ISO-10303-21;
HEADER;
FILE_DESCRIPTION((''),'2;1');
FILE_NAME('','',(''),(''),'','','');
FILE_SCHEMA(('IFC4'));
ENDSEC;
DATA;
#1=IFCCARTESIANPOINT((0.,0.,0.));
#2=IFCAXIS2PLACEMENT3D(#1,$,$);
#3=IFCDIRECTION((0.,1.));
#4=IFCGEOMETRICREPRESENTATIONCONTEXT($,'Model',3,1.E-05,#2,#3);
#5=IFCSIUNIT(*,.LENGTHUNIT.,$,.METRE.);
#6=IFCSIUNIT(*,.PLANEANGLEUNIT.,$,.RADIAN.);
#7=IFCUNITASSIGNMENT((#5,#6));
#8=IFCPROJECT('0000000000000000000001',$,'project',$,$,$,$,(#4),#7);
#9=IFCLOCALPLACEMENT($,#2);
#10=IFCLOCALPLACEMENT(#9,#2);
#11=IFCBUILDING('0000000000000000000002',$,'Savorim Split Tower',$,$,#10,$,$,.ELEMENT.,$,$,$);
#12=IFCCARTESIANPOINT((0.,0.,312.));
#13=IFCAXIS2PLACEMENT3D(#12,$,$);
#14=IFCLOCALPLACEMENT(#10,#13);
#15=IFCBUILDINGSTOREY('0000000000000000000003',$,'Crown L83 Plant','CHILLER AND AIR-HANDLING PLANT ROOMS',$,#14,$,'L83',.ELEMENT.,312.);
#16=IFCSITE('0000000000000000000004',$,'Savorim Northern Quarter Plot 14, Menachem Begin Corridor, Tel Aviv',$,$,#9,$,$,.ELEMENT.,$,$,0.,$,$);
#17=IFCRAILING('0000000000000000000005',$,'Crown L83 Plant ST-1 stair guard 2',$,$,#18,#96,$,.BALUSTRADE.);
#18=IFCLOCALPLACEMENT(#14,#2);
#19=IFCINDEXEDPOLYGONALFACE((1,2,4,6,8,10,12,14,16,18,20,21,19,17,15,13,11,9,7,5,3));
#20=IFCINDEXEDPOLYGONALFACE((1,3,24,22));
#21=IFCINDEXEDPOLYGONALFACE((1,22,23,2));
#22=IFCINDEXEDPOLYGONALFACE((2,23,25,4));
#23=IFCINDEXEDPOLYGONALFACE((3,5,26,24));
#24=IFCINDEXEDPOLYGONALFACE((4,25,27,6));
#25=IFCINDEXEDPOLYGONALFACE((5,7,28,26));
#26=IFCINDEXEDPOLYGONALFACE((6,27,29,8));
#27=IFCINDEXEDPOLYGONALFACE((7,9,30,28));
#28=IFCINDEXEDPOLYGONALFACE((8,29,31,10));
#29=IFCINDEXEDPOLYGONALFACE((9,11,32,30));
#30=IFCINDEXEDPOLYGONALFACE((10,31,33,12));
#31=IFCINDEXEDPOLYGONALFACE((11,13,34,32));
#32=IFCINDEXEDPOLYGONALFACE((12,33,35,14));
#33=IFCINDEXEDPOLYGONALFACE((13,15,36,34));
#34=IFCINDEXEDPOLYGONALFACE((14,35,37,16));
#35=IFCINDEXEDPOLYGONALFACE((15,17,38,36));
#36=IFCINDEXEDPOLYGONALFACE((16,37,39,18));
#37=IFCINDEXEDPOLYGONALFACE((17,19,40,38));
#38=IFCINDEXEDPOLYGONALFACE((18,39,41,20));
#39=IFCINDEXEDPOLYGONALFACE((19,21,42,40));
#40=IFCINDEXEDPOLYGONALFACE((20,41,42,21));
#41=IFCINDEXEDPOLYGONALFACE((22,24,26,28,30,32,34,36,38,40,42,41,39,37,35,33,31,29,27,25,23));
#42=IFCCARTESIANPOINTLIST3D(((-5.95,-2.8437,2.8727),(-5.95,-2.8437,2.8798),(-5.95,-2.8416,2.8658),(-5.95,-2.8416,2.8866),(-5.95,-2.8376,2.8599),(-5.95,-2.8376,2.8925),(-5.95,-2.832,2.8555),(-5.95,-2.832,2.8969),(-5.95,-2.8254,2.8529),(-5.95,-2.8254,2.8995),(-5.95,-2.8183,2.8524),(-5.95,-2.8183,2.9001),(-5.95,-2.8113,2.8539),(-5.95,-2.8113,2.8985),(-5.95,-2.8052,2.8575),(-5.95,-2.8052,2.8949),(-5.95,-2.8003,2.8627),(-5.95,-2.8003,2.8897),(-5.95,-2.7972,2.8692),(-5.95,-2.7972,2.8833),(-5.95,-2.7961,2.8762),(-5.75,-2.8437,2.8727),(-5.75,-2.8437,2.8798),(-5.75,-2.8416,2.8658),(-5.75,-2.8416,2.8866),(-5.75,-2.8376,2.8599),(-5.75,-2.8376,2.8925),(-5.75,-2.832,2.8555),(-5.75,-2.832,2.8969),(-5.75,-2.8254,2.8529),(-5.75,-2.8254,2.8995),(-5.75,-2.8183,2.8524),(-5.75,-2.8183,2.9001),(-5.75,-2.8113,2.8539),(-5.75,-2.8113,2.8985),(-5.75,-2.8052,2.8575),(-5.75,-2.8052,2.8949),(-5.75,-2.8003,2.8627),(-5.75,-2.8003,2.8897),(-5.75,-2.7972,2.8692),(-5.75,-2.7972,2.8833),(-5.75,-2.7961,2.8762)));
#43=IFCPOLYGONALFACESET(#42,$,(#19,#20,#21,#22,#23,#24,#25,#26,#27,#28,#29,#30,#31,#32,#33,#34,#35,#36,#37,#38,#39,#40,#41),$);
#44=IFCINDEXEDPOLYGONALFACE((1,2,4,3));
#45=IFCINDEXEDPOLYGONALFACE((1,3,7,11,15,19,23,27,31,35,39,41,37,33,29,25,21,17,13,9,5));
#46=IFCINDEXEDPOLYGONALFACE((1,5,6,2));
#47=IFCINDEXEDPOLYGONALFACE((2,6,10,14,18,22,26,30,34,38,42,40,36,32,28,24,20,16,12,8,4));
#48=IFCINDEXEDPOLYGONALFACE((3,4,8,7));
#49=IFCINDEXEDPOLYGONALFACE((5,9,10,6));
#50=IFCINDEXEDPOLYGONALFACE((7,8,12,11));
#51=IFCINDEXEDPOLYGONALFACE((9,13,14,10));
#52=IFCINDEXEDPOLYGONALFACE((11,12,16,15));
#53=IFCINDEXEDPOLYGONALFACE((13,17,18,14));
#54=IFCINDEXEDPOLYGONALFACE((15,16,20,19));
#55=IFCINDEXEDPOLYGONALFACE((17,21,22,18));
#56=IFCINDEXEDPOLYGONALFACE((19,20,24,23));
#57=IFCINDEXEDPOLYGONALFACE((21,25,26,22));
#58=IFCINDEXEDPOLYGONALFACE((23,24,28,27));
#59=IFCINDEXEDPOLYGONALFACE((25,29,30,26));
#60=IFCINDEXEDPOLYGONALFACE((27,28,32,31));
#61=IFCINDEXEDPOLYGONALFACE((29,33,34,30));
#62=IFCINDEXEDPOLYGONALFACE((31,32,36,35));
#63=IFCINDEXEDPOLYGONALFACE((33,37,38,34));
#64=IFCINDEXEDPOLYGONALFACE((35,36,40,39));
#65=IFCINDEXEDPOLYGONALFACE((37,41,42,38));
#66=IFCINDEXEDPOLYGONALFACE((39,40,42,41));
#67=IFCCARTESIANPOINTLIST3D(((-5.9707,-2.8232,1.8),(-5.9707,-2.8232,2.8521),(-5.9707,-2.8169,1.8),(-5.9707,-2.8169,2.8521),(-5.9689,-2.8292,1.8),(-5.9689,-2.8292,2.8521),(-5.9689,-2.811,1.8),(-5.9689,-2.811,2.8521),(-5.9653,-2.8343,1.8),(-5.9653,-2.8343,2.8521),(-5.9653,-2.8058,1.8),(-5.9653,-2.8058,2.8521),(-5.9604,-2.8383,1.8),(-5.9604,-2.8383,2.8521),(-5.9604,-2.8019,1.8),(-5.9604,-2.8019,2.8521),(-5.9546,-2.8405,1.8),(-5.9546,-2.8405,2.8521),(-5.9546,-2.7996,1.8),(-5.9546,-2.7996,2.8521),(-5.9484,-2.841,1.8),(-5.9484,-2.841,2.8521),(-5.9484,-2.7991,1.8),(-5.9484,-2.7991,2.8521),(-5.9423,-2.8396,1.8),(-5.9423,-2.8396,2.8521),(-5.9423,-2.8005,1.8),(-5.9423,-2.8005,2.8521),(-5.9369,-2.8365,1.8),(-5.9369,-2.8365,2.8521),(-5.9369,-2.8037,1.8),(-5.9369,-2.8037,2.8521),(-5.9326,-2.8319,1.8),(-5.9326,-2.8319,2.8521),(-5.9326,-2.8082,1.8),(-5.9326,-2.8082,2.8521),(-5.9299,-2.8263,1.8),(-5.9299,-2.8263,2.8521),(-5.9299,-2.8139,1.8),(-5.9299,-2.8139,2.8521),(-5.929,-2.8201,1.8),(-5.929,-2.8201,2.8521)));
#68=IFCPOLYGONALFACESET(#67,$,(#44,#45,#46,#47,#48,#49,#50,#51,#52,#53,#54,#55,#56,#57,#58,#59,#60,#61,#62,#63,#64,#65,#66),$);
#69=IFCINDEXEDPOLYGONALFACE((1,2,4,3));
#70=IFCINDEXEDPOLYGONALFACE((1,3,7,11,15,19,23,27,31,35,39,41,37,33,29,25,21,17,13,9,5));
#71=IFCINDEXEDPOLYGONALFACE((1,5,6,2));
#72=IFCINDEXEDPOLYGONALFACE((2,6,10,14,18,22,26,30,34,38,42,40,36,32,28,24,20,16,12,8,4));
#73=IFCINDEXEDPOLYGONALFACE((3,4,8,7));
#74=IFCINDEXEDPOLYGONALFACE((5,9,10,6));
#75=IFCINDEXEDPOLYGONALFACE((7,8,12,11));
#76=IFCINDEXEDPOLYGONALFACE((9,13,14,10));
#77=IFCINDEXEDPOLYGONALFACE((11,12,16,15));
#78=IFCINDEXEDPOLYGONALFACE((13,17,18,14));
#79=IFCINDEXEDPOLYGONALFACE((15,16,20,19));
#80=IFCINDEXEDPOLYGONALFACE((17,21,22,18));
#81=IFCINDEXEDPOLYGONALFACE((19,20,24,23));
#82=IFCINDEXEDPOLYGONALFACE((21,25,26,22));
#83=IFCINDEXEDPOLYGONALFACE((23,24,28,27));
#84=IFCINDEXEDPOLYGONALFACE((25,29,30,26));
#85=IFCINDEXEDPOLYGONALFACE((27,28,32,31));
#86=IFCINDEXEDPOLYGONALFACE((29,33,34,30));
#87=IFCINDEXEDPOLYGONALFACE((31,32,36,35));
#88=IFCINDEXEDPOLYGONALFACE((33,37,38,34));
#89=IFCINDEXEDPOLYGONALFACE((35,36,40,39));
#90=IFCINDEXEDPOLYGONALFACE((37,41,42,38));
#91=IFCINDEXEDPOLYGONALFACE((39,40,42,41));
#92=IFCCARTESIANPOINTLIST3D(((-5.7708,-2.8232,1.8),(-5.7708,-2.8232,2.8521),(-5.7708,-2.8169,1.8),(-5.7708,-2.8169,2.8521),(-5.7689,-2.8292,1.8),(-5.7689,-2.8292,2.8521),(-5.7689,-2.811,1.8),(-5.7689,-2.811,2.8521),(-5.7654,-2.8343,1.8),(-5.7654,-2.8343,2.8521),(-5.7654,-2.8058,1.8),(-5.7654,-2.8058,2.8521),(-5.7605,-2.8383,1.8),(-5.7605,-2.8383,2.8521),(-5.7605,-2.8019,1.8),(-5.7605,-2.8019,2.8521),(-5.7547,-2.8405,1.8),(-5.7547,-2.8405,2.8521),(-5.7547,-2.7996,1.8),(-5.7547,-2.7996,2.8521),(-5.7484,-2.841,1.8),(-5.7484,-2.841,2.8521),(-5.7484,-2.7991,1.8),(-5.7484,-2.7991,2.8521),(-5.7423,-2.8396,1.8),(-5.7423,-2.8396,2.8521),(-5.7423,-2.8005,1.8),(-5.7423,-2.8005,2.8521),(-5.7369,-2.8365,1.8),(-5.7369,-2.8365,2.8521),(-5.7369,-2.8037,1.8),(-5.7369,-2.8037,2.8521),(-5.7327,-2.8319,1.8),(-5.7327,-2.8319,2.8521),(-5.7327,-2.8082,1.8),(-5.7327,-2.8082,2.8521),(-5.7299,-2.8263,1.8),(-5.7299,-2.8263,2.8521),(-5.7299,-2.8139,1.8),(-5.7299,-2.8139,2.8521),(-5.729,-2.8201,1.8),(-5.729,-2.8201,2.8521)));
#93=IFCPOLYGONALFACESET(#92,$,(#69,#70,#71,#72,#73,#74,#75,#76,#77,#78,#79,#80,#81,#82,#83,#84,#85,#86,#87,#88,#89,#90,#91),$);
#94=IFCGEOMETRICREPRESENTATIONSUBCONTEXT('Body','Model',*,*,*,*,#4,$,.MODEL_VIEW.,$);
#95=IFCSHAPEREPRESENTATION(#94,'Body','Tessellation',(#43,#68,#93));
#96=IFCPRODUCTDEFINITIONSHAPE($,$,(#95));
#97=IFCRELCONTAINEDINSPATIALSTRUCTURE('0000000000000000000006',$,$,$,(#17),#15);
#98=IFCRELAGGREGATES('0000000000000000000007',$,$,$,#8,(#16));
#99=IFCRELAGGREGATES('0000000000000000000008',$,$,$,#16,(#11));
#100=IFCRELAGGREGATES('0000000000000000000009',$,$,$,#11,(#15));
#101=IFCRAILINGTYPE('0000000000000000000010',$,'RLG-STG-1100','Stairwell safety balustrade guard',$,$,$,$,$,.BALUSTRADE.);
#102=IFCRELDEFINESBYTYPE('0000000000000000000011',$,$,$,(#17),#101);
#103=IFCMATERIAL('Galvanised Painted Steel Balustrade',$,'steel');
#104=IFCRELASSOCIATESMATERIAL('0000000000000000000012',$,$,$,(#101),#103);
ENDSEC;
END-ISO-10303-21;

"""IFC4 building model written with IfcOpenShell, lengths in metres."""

from ifc_helpers import new_model, si_unit, direction, frame, origin, origin_2d, place, context, subcontext, project, spatial, circle, extrude, material, type_object, element, save


model = new_model("IFC4")

# Units and contexts
model_context = context("Model", 3, precision=1e-05, world=origin(), true_north=direction((0.0, 1.0)))
body_context = subcontext(model_context, "Body", "Model", "MODEL_VIEW")
ifc_project = project(units=[si_unit("LENGTHUNIT", "METRE"), si_unit("PLANEANGLEUNIT", "RADIAN")], contexts=[model_context])

# Site, building, storey
site_placement = place(None, origin())
site = spatial("IfcSite", under=ifc_project, at=site_placement, Name="Savorim Northern Quarter Plot 14, Menachem Begin Corridor, Tel Aviv", CompositionType="ELEMENT", RefElevation=0.0)
building_placement = place(site_placement, origin())
building = spatial("IfcBuilding", under=site, at=building_placement, Name="Savorim Split Tower", CompositionType="ELEMENT")
storey_placement = place(building_placement, frame((0.0, 0.0, 312.0)))
storey = spatial("IfcBuildingStorey", under=building, at=storey_placement, Name="Crown L83 Plant", Description="CHILLER AND AIR-HANDLING PLANT ROOMS", LongName="L83", CompositionType="ELEMENT", Elevation=312.0)

# Railing
ifc_material_1 = material(Name="Galvanised Painted Steel Balustrade", Category="steel")
railing_type_1 = type_object("IfcRailingType", Name="RLG-STG-1100", Description="Stairwell safety balustrade guard", PredefinedType="BALUSTRADE", material=ifc_material_1)
railing_1_placement = place(storey_placement, frame((-5.95, -2.8201, 1.8)))
element("IfcRailing", 1, at=railing_1_placement, inside=storey, type_object=railing_type_1, Name="Crown L83 Plant ST-1 stair guard 2", PredefinedType="BALUSTRADE", context=body_context, shape_type="SweptSolid", body=[
    extrude(circle(Radius=0.0239, at=origin_2d()), frame((0.0, 0.0, 1.0762), z_axis=(1.0, 0.0, 0.0), x_axis=(0.0, 1.0, 0.0)), (0.0, 0.0, 1.0), 0.2),
    extrude(circle(Radius=0.021, at=origin_2d()), origin(), (0.0, 0.0, 1.0), 1.052),
    extrude(circle(Radius=0.021, at=origin_2d()), frame((0.2, 0.0, 0.0)), (0.0, 0.0, 1.0), 1.052),
])

save(model, "model.ifc")
